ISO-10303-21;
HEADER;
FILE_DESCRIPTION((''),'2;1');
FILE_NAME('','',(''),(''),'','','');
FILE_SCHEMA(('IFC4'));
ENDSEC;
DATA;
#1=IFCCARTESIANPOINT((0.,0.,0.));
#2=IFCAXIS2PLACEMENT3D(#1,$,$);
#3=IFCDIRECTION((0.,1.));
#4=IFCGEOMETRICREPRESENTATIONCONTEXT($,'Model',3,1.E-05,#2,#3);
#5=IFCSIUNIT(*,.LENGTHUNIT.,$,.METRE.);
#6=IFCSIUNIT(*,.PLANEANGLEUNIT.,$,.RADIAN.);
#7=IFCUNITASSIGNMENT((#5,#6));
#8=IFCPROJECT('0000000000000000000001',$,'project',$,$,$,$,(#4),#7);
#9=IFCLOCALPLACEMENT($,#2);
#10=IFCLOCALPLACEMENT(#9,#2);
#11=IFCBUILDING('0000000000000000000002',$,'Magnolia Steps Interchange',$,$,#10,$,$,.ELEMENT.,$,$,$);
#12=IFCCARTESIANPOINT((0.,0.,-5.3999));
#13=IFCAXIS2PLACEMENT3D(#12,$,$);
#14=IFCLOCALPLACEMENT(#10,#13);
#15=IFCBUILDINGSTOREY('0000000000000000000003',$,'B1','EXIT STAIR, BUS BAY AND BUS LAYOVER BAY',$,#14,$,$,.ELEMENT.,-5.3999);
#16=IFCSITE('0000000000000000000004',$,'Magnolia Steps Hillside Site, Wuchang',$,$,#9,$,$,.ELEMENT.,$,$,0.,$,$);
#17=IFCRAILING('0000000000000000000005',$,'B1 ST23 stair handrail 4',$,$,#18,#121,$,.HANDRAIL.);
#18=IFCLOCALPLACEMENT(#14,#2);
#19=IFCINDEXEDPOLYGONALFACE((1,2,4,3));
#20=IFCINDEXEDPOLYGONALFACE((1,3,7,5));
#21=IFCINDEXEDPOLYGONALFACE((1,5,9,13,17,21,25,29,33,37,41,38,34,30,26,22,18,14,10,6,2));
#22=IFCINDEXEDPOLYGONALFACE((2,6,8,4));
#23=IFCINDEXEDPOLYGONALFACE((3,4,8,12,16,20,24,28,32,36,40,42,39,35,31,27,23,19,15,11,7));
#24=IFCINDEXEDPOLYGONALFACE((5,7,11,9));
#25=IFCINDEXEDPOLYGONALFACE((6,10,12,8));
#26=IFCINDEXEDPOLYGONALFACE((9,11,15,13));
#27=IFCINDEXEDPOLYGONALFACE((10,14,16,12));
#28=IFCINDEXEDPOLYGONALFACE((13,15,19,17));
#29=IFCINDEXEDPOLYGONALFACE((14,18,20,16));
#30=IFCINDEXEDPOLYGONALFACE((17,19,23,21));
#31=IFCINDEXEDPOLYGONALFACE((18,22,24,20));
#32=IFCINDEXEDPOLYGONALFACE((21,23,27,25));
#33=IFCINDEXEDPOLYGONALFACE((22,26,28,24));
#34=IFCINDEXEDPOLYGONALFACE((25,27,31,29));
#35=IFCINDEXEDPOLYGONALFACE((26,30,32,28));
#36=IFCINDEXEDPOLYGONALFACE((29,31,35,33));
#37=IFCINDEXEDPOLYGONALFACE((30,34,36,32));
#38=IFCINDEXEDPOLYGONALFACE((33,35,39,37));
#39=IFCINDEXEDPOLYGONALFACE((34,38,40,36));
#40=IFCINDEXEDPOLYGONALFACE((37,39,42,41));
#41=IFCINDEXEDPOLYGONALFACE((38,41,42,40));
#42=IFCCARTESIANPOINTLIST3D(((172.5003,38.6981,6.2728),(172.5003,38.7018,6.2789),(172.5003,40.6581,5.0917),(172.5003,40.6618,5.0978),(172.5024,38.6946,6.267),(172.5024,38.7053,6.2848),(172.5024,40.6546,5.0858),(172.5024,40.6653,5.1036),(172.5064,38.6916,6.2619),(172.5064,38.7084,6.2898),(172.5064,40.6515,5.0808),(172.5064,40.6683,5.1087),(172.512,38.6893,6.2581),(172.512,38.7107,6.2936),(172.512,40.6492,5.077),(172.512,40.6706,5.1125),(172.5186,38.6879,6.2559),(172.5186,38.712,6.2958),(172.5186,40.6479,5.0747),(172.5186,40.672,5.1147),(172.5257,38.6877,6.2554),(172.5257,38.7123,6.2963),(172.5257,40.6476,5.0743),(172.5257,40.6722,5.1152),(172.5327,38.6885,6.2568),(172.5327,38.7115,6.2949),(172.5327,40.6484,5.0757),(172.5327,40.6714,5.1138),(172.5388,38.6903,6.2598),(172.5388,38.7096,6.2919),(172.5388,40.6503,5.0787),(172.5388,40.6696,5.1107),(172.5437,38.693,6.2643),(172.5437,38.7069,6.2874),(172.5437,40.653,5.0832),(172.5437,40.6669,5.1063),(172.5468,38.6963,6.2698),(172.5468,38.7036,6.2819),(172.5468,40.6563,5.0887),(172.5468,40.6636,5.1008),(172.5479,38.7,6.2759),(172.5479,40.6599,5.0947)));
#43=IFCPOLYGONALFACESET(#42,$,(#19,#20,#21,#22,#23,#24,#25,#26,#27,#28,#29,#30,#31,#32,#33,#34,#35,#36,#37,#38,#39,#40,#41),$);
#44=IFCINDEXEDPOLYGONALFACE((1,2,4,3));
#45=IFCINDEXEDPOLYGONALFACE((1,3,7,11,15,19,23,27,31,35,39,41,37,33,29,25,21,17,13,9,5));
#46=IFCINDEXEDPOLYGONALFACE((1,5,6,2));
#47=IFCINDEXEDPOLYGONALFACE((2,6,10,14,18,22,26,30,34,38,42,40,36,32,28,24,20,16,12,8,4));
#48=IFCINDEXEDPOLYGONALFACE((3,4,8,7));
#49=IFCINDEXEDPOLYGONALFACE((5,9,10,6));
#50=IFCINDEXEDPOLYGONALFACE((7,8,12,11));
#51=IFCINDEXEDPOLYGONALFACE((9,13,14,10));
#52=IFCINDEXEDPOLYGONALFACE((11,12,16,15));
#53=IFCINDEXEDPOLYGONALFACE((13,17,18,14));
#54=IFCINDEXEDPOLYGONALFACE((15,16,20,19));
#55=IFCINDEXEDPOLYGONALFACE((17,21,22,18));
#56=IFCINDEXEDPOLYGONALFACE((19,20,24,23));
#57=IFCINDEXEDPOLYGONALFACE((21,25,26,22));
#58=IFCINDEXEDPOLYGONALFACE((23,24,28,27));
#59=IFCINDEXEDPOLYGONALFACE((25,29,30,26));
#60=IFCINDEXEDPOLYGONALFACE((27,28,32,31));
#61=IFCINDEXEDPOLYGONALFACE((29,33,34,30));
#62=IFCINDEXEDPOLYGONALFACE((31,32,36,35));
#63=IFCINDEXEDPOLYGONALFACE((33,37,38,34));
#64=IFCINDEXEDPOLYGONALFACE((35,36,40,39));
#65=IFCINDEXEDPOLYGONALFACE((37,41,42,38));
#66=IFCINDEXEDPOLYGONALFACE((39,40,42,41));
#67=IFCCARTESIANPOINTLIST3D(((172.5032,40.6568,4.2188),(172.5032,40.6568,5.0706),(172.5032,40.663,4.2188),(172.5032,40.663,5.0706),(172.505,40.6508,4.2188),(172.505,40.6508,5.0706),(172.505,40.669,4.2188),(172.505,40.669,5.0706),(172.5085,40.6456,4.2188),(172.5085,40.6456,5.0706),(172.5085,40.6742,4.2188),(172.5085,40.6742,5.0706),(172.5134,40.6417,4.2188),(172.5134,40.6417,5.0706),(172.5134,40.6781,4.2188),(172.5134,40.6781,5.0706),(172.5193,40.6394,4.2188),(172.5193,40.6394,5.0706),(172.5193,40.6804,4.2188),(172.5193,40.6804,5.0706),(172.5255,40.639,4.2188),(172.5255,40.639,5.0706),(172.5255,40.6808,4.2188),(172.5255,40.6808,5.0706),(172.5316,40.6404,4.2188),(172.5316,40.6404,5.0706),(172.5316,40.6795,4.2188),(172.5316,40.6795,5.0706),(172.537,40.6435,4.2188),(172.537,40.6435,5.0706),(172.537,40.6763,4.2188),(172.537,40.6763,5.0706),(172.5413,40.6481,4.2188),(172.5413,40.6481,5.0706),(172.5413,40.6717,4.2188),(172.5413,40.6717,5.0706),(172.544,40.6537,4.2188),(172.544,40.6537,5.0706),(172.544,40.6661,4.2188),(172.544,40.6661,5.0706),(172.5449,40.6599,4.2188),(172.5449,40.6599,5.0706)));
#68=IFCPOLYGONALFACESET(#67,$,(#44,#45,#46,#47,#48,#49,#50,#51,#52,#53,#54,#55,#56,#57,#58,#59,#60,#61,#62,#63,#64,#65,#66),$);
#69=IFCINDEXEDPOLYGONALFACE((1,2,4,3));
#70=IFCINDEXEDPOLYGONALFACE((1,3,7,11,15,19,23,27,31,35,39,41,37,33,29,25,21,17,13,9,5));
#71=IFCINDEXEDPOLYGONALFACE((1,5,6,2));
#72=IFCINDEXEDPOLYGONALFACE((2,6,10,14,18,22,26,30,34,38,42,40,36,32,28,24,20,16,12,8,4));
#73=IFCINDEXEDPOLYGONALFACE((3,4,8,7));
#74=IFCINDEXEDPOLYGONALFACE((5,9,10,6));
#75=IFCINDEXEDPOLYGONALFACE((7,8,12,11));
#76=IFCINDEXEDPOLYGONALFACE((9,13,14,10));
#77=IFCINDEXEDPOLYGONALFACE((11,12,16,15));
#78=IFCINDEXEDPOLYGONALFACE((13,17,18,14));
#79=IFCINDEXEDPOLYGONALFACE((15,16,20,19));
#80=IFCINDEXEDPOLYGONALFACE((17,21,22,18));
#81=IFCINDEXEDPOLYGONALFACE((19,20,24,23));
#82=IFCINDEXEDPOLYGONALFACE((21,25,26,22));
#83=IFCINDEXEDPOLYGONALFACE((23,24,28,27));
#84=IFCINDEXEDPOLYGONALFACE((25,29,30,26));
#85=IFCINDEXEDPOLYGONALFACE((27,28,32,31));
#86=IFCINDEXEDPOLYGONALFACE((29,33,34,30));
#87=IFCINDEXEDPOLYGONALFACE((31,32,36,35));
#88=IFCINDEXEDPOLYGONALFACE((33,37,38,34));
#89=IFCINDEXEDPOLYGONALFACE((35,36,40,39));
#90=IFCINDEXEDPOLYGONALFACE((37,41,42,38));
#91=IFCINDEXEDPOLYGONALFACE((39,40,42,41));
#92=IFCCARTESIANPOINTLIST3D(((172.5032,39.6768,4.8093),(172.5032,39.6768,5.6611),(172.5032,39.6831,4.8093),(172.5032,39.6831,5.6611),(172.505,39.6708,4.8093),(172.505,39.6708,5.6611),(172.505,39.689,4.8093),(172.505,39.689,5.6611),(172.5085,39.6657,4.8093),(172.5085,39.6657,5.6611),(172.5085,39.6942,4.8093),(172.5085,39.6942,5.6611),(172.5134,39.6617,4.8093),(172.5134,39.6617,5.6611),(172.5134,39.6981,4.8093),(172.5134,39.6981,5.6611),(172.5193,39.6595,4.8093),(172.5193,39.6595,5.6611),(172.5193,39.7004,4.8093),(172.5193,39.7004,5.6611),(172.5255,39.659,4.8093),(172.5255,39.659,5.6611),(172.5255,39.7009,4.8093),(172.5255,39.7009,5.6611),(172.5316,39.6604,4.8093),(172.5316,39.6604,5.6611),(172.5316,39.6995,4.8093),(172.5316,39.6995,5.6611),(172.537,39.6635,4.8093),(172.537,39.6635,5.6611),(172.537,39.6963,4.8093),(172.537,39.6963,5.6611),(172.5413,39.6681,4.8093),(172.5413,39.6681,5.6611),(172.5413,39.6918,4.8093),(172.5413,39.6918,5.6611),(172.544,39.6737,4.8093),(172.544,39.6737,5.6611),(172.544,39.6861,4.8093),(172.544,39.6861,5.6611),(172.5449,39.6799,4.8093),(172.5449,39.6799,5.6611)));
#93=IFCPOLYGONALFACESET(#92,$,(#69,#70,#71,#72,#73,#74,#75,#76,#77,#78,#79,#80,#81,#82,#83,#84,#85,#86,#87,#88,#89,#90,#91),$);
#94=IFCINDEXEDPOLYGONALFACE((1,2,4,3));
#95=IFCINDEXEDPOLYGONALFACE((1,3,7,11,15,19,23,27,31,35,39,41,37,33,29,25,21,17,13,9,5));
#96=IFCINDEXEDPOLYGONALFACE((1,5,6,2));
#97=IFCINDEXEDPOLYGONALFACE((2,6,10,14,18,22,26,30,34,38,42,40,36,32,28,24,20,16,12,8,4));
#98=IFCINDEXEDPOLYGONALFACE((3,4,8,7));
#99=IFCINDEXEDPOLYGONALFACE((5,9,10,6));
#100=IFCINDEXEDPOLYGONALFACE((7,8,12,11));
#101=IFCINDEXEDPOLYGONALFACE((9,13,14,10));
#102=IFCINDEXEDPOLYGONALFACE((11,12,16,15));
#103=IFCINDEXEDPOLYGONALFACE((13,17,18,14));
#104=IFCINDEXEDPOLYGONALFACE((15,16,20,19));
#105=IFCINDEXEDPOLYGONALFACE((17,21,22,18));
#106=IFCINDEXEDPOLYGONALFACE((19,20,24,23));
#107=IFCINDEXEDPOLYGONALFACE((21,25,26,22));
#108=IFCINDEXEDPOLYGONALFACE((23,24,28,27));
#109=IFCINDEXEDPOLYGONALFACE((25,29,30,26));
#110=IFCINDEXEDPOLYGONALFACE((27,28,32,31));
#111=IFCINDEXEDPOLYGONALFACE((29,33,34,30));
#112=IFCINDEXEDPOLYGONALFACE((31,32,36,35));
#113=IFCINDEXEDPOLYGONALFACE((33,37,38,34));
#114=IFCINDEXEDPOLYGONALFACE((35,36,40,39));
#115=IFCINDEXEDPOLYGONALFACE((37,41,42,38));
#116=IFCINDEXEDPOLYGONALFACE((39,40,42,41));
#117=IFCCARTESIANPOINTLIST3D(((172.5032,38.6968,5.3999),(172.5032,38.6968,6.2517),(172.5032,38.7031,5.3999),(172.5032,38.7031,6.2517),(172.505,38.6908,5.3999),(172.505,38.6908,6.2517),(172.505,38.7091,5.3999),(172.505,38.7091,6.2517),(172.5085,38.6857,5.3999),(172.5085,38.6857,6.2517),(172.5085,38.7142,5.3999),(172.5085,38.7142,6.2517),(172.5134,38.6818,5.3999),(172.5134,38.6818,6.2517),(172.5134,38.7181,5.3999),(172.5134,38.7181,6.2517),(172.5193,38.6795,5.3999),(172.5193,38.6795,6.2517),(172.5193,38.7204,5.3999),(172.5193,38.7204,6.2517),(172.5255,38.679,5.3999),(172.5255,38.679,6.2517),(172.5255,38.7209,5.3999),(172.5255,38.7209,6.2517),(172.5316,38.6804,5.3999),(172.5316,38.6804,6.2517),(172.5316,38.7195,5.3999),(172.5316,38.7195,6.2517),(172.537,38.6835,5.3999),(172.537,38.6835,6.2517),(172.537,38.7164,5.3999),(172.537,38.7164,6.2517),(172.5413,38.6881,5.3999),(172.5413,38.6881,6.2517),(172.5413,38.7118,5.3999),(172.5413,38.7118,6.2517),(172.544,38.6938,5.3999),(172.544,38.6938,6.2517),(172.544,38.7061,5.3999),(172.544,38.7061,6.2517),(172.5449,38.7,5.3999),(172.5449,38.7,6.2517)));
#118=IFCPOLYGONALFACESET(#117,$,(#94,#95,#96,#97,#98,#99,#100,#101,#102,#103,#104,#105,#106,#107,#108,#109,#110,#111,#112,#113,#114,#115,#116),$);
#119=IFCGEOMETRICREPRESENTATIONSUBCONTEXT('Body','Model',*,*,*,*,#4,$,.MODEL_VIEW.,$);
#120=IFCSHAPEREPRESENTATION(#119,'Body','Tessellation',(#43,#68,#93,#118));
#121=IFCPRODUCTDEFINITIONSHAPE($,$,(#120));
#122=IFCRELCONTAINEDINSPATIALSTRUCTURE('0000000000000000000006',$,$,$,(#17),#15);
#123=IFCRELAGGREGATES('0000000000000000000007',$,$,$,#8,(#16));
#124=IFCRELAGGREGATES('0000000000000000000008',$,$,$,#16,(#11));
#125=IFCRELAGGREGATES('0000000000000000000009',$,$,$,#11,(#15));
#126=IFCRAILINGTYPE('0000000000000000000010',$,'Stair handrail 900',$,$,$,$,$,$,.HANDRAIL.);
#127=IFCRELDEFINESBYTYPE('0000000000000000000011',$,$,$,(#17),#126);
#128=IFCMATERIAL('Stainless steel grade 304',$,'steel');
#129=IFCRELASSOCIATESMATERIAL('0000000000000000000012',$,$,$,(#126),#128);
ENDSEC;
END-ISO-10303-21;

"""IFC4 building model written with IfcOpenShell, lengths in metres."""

from ifc_helpers import new_model, si_unit, direction, frame, origin, origin_2d, place, context, subcontext, project, spatial, circle, extrude, material, type_object, element, save


model = new_model("IFC4")

# Units and contexts
model_context = context("Model", 3, precision=1e-05, world=origin(), true_north=direction((0.0, 1.0)))
body_context = subcontext(model_context, "Body", "Model", "MODEL_VIEW")
ifc_project = project(units=[si_unit("LENGTHUNIT", "METRE"), si_unit("PLANEANGLEUNIT", "RADIAN")], contexts=[model_context])

# Site, building, storey
site_placement = place(None, origin())
site = spatial("IfcSite", under=ifc_project, at=site_placement, Name="Magnolia Steps Hillside Site, Wuchang", CompositionType="ELEMENT", RefElevation=0.0)
building_placement = place(site_placement, origin())
building = spatial("IfcBuilding", under=site, at=building_placement, Name="Magnolia Steps Interchange", CompositionType="ELEMENT")
storey_placement = place(building_placement, frame((0.0, 0.0, -5.3999)))
storey = spatial("IfcBuildingStorey", under=building, at=storey_placement, Name="B1", Description="EXIT STAIR, BUS BAY AND BUS LAYOVER BAY", CompositionType="ELEMENT", Elevation=-5.3999)

# Railing
ifc_material_1 = material(Name="Stainless steel grade 304", Category="steel")
railing_type_1 = type_object("IfcRailingType", Name="Stair handrail 900", PredefinedType="HANDRAIL", material=ifc_material_1)
railing_1_placement = place(storey_placement, frame((172.5239, 40.6599, 4.2188)))
element("IfcRailing", 1, at=railing_1_placement, inside=storey, type_object=railing_type_1, Name="B1 ST23 stair handrail 4", PredefinedType="HANDRAIL", context=body_context, shape_type="SweptSolid", body=[
    extrude(circle(Radius=0.0239, at=origin_2d()), frame((0.0, 0.0, 0.876), z_axis=(0.0, -0.856493, 0.516158), x_axis=(1.0, 0.0, 0.0)), (0.0, 0.0, 1.0), 2.2883),
    extrude(circle(Radius=0.021, at=origin_2d()), origin(), (0.0, 0.0, 1.0), 0.8518),
    extrude(circle(Radius=0.021, at=origin_2d()), frame((0.0, -0.98, 0.5906)), (0.0, 0.0, 1.0), 0.8518),
    extrude(circle(Radius=0.021, at=origin_2d()), frame((0.0, -1.96, 1.1812)), (0.0, 0.0, 1.0), 0.8518),
])

save(model, "model.ifc")
